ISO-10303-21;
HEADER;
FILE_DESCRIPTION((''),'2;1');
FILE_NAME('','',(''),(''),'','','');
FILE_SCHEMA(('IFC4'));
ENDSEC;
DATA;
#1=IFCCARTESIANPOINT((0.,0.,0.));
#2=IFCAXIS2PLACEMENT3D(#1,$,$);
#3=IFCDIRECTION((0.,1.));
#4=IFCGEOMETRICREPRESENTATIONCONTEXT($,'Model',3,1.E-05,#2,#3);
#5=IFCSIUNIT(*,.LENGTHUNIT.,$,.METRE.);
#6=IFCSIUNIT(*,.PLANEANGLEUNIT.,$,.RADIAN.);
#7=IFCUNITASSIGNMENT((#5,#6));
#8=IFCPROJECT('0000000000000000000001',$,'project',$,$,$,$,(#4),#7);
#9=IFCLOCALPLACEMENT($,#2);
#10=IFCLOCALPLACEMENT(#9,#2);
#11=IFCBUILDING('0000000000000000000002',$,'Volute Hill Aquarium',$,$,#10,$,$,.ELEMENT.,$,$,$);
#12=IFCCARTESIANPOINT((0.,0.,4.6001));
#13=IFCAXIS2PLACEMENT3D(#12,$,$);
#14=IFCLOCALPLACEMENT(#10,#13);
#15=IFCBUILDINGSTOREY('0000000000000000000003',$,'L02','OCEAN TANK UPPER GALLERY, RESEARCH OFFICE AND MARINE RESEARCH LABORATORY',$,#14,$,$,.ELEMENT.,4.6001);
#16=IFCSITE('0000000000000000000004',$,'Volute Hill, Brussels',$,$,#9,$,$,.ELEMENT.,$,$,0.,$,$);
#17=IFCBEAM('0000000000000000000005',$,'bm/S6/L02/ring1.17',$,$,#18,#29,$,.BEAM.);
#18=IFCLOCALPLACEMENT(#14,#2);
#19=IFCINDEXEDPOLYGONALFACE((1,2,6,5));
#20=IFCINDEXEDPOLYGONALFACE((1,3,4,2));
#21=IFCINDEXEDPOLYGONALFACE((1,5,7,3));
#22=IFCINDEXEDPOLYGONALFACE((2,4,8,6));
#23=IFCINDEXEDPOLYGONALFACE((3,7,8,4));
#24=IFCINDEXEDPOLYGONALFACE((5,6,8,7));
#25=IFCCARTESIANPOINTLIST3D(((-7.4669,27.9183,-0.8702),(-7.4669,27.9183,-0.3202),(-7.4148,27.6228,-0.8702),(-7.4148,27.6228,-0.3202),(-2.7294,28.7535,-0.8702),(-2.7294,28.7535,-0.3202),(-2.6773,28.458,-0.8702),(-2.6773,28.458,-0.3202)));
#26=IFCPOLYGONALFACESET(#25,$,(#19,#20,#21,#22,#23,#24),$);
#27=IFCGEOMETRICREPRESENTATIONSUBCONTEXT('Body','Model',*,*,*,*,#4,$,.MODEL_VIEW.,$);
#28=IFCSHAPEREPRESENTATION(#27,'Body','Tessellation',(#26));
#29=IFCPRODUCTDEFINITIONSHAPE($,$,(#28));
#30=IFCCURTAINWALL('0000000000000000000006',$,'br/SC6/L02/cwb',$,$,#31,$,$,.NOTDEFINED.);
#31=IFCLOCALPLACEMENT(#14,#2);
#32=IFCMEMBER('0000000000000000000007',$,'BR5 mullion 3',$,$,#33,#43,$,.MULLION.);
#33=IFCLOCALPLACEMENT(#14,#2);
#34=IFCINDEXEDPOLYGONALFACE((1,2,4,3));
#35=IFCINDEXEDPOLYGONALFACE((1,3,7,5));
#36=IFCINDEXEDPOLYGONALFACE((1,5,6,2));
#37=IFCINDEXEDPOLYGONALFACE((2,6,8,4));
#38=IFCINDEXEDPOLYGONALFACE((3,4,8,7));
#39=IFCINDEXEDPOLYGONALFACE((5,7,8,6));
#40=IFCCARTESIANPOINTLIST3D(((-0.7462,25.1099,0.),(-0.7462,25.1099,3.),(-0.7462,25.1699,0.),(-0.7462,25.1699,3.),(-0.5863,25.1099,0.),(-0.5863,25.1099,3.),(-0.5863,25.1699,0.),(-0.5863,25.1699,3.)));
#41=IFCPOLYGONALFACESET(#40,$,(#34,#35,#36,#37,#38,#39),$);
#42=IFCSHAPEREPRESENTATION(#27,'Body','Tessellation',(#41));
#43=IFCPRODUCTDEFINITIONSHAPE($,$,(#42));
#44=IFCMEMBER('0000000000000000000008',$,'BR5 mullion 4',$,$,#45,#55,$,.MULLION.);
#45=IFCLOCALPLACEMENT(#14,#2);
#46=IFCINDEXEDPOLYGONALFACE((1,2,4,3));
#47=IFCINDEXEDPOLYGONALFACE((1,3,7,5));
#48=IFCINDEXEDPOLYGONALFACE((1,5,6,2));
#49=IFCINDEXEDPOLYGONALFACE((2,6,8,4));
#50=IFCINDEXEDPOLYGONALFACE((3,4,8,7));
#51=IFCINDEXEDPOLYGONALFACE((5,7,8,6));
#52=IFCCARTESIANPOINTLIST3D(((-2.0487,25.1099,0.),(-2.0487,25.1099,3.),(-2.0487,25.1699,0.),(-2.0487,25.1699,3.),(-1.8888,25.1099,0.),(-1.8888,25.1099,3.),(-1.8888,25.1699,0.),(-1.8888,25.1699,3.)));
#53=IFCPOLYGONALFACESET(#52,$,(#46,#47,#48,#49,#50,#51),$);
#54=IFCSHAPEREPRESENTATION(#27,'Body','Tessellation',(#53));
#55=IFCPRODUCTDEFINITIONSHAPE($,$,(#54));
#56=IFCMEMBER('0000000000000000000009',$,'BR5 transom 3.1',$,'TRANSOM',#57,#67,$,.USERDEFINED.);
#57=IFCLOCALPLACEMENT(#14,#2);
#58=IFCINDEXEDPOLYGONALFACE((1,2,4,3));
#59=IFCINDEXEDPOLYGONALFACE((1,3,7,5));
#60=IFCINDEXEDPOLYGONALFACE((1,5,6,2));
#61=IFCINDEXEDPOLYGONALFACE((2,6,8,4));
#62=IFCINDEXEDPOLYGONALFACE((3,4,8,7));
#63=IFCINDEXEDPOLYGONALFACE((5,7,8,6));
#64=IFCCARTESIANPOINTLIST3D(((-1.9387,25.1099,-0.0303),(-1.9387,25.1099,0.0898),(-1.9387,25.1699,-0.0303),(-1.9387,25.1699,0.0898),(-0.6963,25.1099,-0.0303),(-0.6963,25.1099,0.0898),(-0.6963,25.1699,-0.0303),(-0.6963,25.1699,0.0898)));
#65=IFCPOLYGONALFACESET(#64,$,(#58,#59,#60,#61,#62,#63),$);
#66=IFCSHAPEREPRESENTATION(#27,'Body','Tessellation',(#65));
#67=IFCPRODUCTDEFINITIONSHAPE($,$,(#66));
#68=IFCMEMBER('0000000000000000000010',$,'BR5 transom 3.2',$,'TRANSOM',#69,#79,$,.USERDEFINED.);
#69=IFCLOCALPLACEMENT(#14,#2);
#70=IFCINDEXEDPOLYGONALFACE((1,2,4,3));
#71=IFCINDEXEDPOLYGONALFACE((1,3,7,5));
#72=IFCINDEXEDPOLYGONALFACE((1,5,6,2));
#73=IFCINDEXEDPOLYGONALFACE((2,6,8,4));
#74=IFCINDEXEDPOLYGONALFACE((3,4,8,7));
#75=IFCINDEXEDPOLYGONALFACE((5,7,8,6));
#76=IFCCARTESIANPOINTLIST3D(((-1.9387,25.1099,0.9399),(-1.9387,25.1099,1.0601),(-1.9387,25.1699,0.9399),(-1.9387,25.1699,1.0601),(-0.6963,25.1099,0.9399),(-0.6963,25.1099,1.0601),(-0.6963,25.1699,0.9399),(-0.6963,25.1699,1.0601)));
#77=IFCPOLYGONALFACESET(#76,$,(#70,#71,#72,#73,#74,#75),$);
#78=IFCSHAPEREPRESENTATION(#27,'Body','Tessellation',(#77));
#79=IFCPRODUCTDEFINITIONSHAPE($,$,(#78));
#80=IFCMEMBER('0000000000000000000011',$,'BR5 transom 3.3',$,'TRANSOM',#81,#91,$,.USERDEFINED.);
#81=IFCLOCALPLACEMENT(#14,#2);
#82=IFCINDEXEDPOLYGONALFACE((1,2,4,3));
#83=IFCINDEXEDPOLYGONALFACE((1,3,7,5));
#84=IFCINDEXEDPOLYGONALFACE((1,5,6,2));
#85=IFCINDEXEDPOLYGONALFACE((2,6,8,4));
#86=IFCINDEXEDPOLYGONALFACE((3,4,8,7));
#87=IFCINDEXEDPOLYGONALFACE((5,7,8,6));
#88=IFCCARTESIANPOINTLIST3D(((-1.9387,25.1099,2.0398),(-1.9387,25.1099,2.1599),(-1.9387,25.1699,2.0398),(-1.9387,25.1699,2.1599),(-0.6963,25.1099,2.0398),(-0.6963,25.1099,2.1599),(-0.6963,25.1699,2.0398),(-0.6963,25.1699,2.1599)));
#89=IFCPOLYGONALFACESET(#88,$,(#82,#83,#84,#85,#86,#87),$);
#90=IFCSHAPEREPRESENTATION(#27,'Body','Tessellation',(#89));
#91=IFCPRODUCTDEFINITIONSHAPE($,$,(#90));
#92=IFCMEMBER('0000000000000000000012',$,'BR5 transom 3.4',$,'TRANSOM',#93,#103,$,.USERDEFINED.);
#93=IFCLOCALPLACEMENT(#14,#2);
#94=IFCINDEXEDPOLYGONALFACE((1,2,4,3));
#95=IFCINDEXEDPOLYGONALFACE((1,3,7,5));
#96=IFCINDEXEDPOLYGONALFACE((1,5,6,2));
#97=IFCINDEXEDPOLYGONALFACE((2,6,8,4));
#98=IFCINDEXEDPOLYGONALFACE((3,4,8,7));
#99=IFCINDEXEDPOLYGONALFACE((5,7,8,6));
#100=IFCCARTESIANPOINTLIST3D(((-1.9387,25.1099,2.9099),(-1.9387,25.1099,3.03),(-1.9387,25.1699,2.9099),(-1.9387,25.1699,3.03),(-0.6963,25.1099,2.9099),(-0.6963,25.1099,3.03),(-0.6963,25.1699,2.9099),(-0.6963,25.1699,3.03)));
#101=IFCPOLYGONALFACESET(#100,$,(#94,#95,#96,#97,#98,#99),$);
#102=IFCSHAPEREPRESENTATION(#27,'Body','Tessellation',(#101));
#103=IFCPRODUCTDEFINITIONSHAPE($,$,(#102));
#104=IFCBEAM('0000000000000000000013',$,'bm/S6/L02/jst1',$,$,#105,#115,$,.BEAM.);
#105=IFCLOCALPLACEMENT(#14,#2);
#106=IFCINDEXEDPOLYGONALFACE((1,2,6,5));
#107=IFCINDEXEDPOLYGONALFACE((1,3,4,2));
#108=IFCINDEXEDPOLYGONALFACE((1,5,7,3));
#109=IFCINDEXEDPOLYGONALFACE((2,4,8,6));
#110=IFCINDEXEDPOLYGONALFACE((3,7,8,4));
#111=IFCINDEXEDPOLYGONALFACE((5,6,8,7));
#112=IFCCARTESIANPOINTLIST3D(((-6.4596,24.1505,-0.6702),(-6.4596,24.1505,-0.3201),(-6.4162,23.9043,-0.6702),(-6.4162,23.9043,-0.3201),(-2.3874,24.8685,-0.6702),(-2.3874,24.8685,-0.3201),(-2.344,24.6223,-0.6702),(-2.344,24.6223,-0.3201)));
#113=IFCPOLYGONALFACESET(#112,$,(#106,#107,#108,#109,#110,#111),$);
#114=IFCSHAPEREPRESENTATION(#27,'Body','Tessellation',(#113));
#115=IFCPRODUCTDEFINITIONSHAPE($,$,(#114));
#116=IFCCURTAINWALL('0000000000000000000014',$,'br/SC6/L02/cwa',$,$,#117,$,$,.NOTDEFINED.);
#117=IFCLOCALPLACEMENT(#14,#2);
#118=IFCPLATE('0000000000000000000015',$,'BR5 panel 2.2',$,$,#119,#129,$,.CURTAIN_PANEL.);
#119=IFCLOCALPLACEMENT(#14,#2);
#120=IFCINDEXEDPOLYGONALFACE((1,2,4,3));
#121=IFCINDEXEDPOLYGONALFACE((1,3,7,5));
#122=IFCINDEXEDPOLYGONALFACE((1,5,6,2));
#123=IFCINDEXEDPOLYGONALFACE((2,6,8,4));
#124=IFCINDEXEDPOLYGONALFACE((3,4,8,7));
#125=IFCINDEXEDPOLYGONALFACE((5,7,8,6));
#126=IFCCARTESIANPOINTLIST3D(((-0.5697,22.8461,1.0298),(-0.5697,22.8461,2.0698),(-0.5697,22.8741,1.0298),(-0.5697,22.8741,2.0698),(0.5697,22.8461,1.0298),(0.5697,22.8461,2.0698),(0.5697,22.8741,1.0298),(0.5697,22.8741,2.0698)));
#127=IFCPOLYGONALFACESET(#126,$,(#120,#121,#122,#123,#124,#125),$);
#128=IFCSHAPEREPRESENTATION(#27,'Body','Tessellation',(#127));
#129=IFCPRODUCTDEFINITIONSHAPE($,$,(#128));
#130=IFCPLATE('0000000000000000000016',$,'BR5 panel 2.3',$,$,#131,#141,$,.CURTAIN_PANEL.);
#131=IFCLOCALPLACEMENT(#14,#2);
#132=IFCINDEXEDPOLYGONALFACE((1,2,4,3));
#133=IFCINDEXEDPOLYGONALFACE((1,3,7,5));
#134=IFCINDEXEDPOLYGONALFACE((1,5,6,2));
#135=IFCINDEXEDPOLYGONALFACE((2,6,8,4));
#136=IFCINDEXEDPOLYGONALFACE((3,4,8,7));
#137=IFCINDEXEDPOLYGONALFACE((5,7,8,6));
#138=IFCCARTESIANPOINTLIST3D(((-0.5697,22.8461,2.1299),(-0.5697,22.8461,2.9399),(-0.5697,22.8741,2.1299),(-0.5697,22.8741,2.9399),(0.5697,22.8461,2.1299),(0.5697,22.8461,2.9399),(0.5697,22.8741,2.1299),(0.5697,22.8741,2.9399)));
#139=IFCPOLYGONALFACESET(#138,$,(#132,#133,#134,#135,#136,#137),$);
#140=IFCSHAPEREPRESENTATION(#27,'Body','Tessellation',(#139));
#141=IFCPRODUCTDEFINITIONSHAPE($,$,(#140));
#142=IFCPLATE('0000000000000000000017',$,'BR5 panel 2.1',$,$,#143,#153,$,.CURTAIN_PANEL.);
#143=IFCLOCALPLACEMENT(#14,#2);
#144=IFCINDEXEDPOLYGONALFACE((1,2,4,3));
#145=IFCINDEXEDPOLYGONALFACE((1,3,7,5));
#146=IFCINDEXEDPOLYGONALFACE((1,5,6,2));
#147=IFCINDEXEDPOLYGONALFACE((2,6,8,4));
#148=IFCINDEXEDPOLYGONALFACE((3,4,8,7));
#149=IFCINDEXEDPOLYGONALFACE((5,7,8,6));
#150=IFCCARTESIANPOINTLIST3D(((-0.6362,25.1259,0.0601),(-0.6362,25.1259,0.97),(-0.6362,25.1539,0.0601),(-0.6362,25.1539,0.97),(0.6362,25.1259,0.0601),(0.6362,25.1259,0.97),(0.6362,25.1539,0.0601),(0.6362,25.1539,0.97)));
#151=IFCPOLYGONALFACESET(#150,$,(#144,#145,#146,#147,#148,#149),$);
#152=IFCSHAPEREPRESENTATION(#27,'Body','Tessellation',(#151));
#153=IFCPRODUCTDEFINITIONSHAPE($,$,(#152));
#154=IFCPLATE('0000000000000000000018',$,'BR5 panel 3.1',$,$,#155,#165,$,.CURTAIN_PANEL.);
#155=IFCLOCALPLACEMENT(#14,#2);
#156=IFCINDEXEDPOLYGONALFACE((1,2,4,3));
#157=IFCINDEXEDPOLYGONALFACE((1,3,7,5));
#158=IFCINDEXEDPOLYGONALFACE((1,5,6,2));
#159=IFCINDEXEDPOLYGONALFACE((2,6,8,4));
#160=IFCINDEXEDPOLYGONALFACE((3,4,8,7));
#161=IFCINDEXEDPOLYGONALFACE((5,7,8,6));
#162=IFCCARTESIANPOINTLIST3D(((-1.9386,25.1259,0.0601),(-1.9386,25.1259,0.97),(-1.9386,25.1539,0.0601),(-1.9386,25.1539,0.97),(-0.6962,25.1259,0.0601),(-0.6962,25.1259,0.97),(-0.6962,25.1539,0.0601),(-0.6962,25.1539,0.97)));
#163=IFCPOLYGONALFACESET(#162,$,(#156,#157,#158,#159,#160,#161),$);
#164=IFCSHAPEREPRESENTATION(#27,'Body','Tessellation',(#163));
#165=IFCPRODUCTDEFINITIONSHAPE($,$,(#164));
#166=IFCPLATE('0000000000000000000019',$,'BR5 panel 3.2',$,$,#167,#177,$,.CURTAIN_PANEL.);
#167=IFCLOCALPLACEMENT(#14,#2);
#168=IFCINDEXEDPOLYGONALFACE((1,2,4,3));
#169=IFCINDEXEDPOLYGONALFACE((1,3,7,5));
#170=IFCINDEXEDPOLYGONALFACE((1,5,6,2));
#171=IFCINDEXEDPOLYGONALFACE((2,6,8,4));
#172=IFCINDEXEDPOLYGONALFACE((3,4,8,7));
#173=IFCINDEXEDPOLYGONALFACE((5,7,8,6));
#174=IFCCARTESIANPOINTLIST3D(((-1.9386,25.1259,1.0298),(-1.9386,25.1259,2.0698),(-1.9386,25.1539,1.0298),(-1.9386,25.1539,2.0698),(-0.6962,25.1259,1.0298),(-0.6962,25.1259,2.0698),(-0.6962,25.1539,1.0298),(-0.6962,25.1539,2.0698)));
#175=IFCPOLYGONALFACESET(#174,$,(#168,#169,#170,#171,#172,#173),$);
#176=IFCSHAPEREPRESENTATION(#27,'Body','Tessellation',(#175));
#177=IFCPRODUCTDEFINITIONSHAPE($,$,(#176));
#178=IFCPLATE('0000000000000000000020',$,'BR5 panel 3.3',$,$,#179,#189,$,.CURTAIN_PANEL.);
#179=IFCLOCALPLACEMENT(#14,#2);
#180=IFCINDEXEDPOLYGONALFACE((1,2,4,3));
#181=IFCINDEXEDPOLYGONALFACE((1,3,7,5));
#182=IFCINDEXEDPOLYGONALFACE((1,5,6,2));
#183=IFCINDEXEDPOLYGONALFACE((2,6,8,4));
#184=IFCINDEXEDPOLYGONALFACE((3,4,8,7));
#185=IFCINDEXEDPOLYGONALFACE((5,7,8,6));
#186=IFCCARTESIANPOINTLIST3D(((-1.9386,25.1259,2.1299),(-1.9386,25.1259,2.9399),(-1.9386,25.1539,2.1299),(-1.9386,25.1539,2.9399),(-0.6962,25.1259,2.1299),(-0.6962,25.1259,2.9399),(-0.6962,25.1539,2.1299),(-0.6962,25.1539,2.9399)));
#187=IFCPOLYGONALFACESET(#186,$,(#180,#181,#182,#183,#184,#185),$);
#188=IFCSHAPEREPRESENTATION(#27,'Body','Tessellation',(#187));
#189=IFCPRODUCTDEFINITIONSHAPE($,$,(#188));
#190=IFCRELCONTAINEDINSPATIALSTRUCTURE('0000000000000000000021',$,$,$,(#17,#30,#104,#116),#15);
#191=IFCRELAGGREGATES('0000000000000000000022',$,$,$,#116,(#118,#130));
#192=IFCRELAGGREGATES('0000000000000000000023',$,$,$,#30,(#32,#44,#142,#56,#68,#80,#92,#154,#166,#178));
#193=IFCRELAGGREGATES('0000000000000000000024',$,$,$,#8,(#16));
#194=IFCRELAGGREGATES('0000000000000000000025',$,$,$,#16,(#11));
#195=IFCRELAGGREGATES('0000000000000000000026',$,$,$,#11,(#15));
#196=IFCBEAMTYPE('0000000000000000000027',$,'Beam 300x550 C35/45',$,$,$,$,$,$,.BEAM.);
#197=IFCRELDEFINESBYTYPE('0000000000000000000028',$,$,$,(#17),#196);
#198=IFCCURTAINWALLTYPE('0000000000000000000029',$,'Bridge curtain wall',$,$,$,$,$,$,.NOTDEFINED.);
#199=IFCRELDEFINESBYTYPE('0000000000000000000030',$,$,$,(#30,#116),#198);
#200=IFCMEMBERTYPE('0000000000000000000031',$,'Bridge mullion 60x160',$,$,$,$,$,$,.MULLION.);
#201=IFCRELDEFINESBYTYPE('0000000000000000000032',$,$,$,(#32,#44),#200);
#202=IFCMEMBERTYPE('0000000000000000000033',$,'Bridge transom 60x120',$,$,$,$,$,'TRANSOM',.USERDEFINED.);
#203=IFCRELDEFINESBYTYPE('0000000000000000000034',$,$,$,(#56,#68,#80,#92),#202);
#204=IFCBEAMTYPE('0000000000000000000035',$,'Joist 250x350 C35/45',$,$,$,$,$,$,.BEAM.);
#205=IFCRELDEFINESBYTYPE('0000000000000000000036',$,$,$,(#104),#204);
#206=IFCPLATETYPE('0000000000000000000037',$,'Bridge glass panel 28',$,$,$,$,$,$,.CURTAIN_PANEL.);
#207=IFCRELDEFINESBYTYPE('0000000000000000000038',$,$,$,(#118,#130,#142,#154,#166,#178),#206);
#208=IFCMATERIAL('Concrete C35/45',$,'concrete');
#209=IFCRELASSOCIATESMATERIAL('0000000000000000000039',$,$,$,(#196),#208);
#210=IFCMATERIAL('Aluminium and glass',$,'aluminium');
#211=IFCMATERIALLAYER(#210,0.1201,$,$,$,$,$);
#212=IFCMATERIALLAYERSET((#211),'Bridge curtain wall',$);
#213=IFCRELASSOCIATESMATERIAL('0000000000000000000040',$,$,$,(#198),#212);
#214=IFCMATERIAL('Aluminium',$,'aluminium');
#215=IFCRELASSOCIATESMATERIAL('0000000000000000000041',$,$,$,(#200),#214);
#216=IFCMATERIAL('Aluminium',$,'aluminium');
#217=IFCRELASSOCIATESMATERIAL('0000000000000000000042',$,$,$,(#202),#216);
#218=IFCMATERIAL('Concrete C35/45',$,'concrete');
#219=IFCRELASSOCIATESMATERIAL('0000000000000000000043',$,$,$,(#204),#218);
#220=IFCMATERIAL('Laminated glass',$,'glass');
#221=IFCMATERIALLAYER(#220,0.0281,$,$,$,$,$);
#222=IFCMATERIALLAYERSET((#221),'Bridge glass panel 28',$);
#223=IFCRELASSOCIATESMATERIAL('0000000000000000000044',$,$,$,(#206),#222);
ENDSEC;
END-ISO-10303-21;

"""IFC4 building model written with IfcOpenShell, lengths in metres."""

from ifc_helpers import new_model, si_unit, direction, frame, origin, origin_2d, place, context, subcontext, project, spatial, rectangle, extrude, material, layer, layer_set, material_profile, profile_set, type_object, element, aggregate, save


model = new_model("IFC4")

# Units and contexts
model_context = context("Model", 3, precision=1e-05, world=origin(), true_north=direction((0.0, 1.0)))
body_context = subcontext(model_context, "Body", "Model", "MODEL_VIEW")
ifc_project = project(units=[si_unit("LENGTHUNIT", "METRE"), si_unit("PLANEANGLEUNIT", "RADIAN")], contexts=[model_context])

# Site, building, storey
site_placement = place(None, origin())
site = spatial("IfcSite", under=ifc_project, at=site_placement, Name="Volute Hill, Brussels", CompositionType="ELEMENT", RefElevation=0.0)
building_placement = place(site_placement, origin())
building = spatial("IfcBuilding", under=site, at=building_placement, Name="Volute Hill Aquarium", CompositionType="ELEMENT")
storey_placement = place(building_placement, frame((0.0, 0.0, 4.6001)))
storey = spatial("IfcBuildingStorey", under=building, at=storey_placement, Name="L02", Description="OCEAN TANK UPPER GALLERY, RESEARCH OFFICE AND MARINE RESEARCH LABORATORY", CompositionType="ELEMENT", Elevation=4.6001)

# Beam
ifc_material_1 = material(Name="Concrete C35/45", Category="concrete")
ifc_material_profile_1 = material_profile(ifc_material_1, rectangle(XDim=0.3, YDim=0.55, at=origin_2d()), Name="RC beam 300x550")
ifc_profile_set_1 = profile_set([ifc_material_profile_1], Name="Concrete C35/45")
beam_type_1 = type_object("IfcBeamType", Name="Beam 300x550 C35/45", PredefinedType="BEAM", material=ifc_profile_set_1)
beam_1_placement = place(storey_placement, frame((-2.7034, 28.6057, -0.5952), z_axis=(-0.984813, -0.173617, 0.0), x_axis=(0.173617, -0.984813, 0.0)))
element("IfcBeam", 1, at=beam_1_placement, inside=storey, type_object=beam_type_1, Name="bm/S6/L02/ring1.17", PredefinedType="BEAM", context=body_context, shape_type="SweptSolid", body=[
    extrude(rectangle(XDim=0.3, YDim=0.55, at=origin_2d()), origin(), (0.0, 0.0, 1.0), 4.8105),
])

# Curtain wall, members
ifc_material_2 = material(Name="Aluminium and glass", Category="aluminium")
ifc_layer_1 = layer(ifc_material_2, 0.1201)
ifc_layer_set_1 = layer_set([ifc_layer_1], Name="Bridge curtain wall")
curtain_wall_type = type_object("IfcCurtainWallType", Name="Bridge curtain wall", PredefinedType="NOTDEFINED", material=ifc_layer_set_1)
curtain_wall_1_placement = place(storey_placement, origin())
curtain_wall_1 = element("IfcCurtainWall", 2, at=curtain_wall_1_placement, inside=storey, type_object=curtain_wall_type, Name="br/SC6/L02/cwb", PredefinedType="NOTDEFINED")
ifc_material_3 = material(Name="Aluminium", Category="aluminium")
ifc_material_profile_2 = material_profile(ifc_material_3, rectangle(XDim=0.0601, YDim=0.1599, at=origin_2d()), Name="Aluminium mullion 60x160")
ifc_profile_set_2 = profile_set([ifc_material_profile_2], Name="Aluminium")
member_type_1 = type_object("IfcMemberType", Name="Bridge mullion 60x160", PredefinedType="MULLION", material=ifc_profile_set_2)
member_1_placement = place(storey_placement, frame((-0.6663, 25.1399, 0.0), z_axis=(0.0, 0.0, 1.0), x_axis=(0.0, -1.0, 0.0)))
member_1 = element("IfcMember", 3, at=member_1_placement, type_object=member_type_1, Name="BR5 mullion 3", PredefinedType="MULLION", context=body_context, shape_type="SweptSolid", body=[
    extrude(rectangle(XDim=0.0601, YDim=0.1599, at=origin_2d()), origin(), (0.0, 0.0, 1.0), 3.0),
])
member_2_placement = place(storey_placement, frame((-1.9688, 25.1399, 0.0), z_axis=(0.0, 0.0, 1.0), x_axis=(0.0, -1.0, 0.0)))
member_2 = element("IfcMember", 4, at=member_2_placement, type_object=member_type_1, Name="BR5 mullion 4", PredefinedType="MULLION", context=body_context, shape_type="SweptSolid", body=[
    extrude(rectangle(XDim=0.0601, YDim=0.1599, at=origin_2d()), origin(), (0.0, 0.0, 1.0), 3.0),
])
ifc_material_4 = material(Name="Aluminium", Category="aluminium")
ifc_material_profile_3 = material_profile(ifc_material_4, rectangle(XDim=0.0601, YDim=0.1201, at=origin_2d()), Name="Aluminium transom 60x120")
ifc_profile_set_3 = profile_set([ifc_material_profile_3], Name="Aluminium")
member_type_2 = type_object("IfcMemberType", Name="Bridge transom 60x120", ElementType="TRANSOM", PredefinedType="USERDEFINED", material=ifc_profile_set_3)
member_3_placement = place(storey_placement, frame((-0.6963, 25.1399, 0.0298), z_axis=(-1.0, 0.0, 0.0), x_axis=(0.0, -1.0, 0.0)))
member_3 = element("IfcMember", 5, at=member_3_placement, type_object=member_type_2, Name="BR5 transom 3.1", ObjectType="TRANSOM", PredefinedType="USERDEFINED", context=body_context, shape_type="SweptSolid", body=[
    extrude(rectangle(XDim=0.0601, YDim=0.1201, at=origin_2d()), origin(), (0.0, 0.0, 1.0), 1.2424),
])
member_4_placement = place(storey_placement, frame((-0.6963, 25.1399, 1.0), z_axis=(-1.0, 0.0, 0.0), x_axis=(0.0, -1.0, 0.0)))
member_4 = element("IfcMember", 6, at=member_4_placement, type_object=member_type_2, Name="BR5 transom 3.2", ObjectType="TRANSOM", PredefinedType="USERDEFINED", context=body_context, shape_type="SweptSolid", body=[
    extrude(rectangle(XDim=0.0601, YDim=0.1201, at=origin_2d()), origin(), (0.0, 0.0, 1.0), 1.2424),
])
member_5_placement = place(storey_placement, frame((-0.6963, 25.1399, 2.0999), z_axis=(-1.0, 0.0, 0.0), x_axis=(0.0, -1.0, 0.0)))
member_5 = element("IfcMember", 7, at=member_5_placement, type_object=member_type_2, Name="BR5 transom 3.3", ObjectType="TRANSOM", PredefinedType="USERDEFINED", context=body_context, shape_type="SweptSolid", body=[
    extrude(rectangle(XDim=0.0601, YDim=0.1201, at=origin_2d()), origin(), (0.0, 0.0, 1.0), 1.2424),
])
member_6_placement = place(storey_placement, frame((-0.6963, 25.1399, 2.97), z_axis=(-1.0, 0.0, 0.0), x_axis=(0.0, -1.0, 0.0)))
member_6 = element("IfcMember", 8, at=member_6_placement, type_object=member_type_2, Name="BR5 transom 3.4", ObjectType="TRANSOM", PredefinedType="USERDEFINED", context=body_context, shape_type="SweptSolid", body=[
    extrude(rectangle(XDim=0.0601, YDim=0.1201, at=origin_2d()), origin(), (0.0, 0.0, 1.0), 1.2424),
])

# Beam
ifc_material_5 = material(Name="Concrete C35/45", Category="concrete")
ifc_material_profile_4 = material_profile(ifc_material_5, rectangle(XDim=0.25, YDim=0.3501, at=origin_2d()), Name="RC joist 250x350")
ifc_profile_set_4 = profile_set([ifc_material_profile_4], Name="Concrete C35/45")
beam_type_2 = type_object("IfcBeamType", Name="Joist 250x350 C35/45", PredefinedType="BEAM", material=ifc_profile_set_4)
beam_2_placement = place(storey_placement, frame((-2.3657, 24.7454, -0.4951), z_axis=(-0.984809, -0.173641, 0.0), x_axis=(0.173641, -0.984809, 0.0)))
element("IfcBeam", 9, at=beam_2_placement, inside=storey, type_object=beam_type_2, Name="bm/S6/L02/jst1", PredefinedType="BEAM", context=body_context, shape_type="SweptSolid", body=[
    extrude(rectangle(XDim=0.25, YDim=0.3501, at=origin_2d()), origin(), (0.0, 0.0, 1.0), 4.135),
])

# Curtain wall, plates
curtain_wall_2_placement = place(storey_placement, origin())
curtain_wall_2 = element("IfcCurtainWall", 10, at=curtain_wall_2_placement, inside=storey, type_object=curtain_wall_type, Name="br/SC6/L02/cwa", PredefinedType="NOTDEFINED")
ifc_material_6 = material(Name="Laminated glass", Category="glass")
ifc_layer_2 = layer(ifc_material_6, 0.0281)
ifc_layer_set_2 = layer_set([ifc_layer_2], Name="Bridge glass panel 28")
plate_type = type_object("IfcPlateType", Name="Bridge glass panel 28", PredefinedType="CURTAIN_PANEL", material=ifc_layer_set_2)
plate_1_placement = place(storey_placement, frame((0.0, 22.8601, 1.0298), z_axis=(0.0, 0.0, 1.0), x_axis=(-1.0, 0.0, 0.0)))
plate_1 = element("IfcPlate", 11, at=plate_1_placement, type_object=plate_type, Name="BR5 panel 2.2", PredefinedType="CURTAIN_PANEL", context=body_context, shape_type="SweptSolid", body=[
    extrude(rectangle(XDim=1.1394, YDim=0.0281, at=origin_2d()), origin(), (0.0, 0.0, 1.0), 1.04),
])
plate_2_placement = place(storey_placement, frame((0.0, 22.8601, 2.1299), z_axis=(0.0, 0.0, 1.0), x_axis=(-1.0, 0.0, 0.0)))
plate_2 = element("IfcPlate", 12, at=plate_2_placement, type_object=plate_type, Name="BR5 panel 2.3", PredefinedType="CURTAIN_PANEL", context=body_context, shape_type="SweptSolid", body=[
    extrude(rectangle(XDim=1.1394, YDim=0.0281, at=origin_2d()), origin(), (0.0, 0.0, 1.0), 0.8101),
])
aggregate(curtain_wall_2, [plate_1, plate_2])

# Plates
plate_3_placement = place(storey_placement, frame((0.0, 25.1399, 0.0601), z_axis=(0.0, 0.0, 1.0), x_axis=(-1.0, 0.0, 0.0)))
plate_3 = element("IfcPlate", 13, at=plate_3_placement, type_object=plate_type, Name="BR5 panel 2.1", PredefinedType="CURTAIN_PANEL", context=body_context, shape_type="SweptSolid", body=[
    extrude(rectangle(XDim=1.2725, YDim=0.0281, at=origin_2d()), origin(), (0.0, 0.0, 1.0), 0.9099),
])
plate_4_placement = place(storey_placement, frame((-1.3174, 25.1399, 0.0601), z_axis=(0.0, 0.0, 1.0), x_axis=(-1.0, 0.0, 0.0)))
plate_4 = element("IfcPlate", 14, at=plate_4_placement, type_object=plate_type, Name="BR5 panel 3.1", PredefinedType="CURTAIN_PANEL", context=body_context, shape_type="SweptSolid", body=[
    extrude(rectangle(XDim=1.2424, YDim=0.0281, at=origin_2d()), origin(), (0.0, 0.0, 1.0), 0.9099),
])
plate_5_placement = place(storey_placement, frame((-1.3174, 25.1399, 1.0298), z_axis=(0.0, 0.0, 1.0), x_axis=(-1.0, 0.0, 0.0)))
plate_5 = element("IfcPlate", 15, at=plate_5_placement, type_object=plate_type, Name="BR5 panel 3.2", PredefinedType="CURTAIN_PANEL", context=body_context, shape_type="SweptSolid", body=[
    extrude(rectangle(XDim=1.2424, YDim=0.0281, at=origin_2d()), origin(), (0.0, 0.0, 1.0), 1.04),
])
plate_6_placement = place(storey_placement, frame((-1.3174, 25.1399, 2.1299), z_axis=(0.0, 0.0, 1.0), x_axis=(-1.0, 0.0, 0.0)))
plate_6 = element("IfcPlate", 16, at=plate_6_placement, type_object=plate_type, Name="BR5 panel 3.3", PredefinedType="CURTAIN_PANEL", context=body_context, shape_type="SweptSolid", body=[
    extrude(rectangle(XDim=1.2424, YDim=0.0281, at=origin_2d()), origin(), (0.0, 0.0, 1.0), 0.8101),
])
aggregate(curtain_wall_1, [member_1, member_2, plate_3, member_3, member_4, member_5, member_6, plate_4, plate_5, plate_6])

save(model, "model.ifc")
